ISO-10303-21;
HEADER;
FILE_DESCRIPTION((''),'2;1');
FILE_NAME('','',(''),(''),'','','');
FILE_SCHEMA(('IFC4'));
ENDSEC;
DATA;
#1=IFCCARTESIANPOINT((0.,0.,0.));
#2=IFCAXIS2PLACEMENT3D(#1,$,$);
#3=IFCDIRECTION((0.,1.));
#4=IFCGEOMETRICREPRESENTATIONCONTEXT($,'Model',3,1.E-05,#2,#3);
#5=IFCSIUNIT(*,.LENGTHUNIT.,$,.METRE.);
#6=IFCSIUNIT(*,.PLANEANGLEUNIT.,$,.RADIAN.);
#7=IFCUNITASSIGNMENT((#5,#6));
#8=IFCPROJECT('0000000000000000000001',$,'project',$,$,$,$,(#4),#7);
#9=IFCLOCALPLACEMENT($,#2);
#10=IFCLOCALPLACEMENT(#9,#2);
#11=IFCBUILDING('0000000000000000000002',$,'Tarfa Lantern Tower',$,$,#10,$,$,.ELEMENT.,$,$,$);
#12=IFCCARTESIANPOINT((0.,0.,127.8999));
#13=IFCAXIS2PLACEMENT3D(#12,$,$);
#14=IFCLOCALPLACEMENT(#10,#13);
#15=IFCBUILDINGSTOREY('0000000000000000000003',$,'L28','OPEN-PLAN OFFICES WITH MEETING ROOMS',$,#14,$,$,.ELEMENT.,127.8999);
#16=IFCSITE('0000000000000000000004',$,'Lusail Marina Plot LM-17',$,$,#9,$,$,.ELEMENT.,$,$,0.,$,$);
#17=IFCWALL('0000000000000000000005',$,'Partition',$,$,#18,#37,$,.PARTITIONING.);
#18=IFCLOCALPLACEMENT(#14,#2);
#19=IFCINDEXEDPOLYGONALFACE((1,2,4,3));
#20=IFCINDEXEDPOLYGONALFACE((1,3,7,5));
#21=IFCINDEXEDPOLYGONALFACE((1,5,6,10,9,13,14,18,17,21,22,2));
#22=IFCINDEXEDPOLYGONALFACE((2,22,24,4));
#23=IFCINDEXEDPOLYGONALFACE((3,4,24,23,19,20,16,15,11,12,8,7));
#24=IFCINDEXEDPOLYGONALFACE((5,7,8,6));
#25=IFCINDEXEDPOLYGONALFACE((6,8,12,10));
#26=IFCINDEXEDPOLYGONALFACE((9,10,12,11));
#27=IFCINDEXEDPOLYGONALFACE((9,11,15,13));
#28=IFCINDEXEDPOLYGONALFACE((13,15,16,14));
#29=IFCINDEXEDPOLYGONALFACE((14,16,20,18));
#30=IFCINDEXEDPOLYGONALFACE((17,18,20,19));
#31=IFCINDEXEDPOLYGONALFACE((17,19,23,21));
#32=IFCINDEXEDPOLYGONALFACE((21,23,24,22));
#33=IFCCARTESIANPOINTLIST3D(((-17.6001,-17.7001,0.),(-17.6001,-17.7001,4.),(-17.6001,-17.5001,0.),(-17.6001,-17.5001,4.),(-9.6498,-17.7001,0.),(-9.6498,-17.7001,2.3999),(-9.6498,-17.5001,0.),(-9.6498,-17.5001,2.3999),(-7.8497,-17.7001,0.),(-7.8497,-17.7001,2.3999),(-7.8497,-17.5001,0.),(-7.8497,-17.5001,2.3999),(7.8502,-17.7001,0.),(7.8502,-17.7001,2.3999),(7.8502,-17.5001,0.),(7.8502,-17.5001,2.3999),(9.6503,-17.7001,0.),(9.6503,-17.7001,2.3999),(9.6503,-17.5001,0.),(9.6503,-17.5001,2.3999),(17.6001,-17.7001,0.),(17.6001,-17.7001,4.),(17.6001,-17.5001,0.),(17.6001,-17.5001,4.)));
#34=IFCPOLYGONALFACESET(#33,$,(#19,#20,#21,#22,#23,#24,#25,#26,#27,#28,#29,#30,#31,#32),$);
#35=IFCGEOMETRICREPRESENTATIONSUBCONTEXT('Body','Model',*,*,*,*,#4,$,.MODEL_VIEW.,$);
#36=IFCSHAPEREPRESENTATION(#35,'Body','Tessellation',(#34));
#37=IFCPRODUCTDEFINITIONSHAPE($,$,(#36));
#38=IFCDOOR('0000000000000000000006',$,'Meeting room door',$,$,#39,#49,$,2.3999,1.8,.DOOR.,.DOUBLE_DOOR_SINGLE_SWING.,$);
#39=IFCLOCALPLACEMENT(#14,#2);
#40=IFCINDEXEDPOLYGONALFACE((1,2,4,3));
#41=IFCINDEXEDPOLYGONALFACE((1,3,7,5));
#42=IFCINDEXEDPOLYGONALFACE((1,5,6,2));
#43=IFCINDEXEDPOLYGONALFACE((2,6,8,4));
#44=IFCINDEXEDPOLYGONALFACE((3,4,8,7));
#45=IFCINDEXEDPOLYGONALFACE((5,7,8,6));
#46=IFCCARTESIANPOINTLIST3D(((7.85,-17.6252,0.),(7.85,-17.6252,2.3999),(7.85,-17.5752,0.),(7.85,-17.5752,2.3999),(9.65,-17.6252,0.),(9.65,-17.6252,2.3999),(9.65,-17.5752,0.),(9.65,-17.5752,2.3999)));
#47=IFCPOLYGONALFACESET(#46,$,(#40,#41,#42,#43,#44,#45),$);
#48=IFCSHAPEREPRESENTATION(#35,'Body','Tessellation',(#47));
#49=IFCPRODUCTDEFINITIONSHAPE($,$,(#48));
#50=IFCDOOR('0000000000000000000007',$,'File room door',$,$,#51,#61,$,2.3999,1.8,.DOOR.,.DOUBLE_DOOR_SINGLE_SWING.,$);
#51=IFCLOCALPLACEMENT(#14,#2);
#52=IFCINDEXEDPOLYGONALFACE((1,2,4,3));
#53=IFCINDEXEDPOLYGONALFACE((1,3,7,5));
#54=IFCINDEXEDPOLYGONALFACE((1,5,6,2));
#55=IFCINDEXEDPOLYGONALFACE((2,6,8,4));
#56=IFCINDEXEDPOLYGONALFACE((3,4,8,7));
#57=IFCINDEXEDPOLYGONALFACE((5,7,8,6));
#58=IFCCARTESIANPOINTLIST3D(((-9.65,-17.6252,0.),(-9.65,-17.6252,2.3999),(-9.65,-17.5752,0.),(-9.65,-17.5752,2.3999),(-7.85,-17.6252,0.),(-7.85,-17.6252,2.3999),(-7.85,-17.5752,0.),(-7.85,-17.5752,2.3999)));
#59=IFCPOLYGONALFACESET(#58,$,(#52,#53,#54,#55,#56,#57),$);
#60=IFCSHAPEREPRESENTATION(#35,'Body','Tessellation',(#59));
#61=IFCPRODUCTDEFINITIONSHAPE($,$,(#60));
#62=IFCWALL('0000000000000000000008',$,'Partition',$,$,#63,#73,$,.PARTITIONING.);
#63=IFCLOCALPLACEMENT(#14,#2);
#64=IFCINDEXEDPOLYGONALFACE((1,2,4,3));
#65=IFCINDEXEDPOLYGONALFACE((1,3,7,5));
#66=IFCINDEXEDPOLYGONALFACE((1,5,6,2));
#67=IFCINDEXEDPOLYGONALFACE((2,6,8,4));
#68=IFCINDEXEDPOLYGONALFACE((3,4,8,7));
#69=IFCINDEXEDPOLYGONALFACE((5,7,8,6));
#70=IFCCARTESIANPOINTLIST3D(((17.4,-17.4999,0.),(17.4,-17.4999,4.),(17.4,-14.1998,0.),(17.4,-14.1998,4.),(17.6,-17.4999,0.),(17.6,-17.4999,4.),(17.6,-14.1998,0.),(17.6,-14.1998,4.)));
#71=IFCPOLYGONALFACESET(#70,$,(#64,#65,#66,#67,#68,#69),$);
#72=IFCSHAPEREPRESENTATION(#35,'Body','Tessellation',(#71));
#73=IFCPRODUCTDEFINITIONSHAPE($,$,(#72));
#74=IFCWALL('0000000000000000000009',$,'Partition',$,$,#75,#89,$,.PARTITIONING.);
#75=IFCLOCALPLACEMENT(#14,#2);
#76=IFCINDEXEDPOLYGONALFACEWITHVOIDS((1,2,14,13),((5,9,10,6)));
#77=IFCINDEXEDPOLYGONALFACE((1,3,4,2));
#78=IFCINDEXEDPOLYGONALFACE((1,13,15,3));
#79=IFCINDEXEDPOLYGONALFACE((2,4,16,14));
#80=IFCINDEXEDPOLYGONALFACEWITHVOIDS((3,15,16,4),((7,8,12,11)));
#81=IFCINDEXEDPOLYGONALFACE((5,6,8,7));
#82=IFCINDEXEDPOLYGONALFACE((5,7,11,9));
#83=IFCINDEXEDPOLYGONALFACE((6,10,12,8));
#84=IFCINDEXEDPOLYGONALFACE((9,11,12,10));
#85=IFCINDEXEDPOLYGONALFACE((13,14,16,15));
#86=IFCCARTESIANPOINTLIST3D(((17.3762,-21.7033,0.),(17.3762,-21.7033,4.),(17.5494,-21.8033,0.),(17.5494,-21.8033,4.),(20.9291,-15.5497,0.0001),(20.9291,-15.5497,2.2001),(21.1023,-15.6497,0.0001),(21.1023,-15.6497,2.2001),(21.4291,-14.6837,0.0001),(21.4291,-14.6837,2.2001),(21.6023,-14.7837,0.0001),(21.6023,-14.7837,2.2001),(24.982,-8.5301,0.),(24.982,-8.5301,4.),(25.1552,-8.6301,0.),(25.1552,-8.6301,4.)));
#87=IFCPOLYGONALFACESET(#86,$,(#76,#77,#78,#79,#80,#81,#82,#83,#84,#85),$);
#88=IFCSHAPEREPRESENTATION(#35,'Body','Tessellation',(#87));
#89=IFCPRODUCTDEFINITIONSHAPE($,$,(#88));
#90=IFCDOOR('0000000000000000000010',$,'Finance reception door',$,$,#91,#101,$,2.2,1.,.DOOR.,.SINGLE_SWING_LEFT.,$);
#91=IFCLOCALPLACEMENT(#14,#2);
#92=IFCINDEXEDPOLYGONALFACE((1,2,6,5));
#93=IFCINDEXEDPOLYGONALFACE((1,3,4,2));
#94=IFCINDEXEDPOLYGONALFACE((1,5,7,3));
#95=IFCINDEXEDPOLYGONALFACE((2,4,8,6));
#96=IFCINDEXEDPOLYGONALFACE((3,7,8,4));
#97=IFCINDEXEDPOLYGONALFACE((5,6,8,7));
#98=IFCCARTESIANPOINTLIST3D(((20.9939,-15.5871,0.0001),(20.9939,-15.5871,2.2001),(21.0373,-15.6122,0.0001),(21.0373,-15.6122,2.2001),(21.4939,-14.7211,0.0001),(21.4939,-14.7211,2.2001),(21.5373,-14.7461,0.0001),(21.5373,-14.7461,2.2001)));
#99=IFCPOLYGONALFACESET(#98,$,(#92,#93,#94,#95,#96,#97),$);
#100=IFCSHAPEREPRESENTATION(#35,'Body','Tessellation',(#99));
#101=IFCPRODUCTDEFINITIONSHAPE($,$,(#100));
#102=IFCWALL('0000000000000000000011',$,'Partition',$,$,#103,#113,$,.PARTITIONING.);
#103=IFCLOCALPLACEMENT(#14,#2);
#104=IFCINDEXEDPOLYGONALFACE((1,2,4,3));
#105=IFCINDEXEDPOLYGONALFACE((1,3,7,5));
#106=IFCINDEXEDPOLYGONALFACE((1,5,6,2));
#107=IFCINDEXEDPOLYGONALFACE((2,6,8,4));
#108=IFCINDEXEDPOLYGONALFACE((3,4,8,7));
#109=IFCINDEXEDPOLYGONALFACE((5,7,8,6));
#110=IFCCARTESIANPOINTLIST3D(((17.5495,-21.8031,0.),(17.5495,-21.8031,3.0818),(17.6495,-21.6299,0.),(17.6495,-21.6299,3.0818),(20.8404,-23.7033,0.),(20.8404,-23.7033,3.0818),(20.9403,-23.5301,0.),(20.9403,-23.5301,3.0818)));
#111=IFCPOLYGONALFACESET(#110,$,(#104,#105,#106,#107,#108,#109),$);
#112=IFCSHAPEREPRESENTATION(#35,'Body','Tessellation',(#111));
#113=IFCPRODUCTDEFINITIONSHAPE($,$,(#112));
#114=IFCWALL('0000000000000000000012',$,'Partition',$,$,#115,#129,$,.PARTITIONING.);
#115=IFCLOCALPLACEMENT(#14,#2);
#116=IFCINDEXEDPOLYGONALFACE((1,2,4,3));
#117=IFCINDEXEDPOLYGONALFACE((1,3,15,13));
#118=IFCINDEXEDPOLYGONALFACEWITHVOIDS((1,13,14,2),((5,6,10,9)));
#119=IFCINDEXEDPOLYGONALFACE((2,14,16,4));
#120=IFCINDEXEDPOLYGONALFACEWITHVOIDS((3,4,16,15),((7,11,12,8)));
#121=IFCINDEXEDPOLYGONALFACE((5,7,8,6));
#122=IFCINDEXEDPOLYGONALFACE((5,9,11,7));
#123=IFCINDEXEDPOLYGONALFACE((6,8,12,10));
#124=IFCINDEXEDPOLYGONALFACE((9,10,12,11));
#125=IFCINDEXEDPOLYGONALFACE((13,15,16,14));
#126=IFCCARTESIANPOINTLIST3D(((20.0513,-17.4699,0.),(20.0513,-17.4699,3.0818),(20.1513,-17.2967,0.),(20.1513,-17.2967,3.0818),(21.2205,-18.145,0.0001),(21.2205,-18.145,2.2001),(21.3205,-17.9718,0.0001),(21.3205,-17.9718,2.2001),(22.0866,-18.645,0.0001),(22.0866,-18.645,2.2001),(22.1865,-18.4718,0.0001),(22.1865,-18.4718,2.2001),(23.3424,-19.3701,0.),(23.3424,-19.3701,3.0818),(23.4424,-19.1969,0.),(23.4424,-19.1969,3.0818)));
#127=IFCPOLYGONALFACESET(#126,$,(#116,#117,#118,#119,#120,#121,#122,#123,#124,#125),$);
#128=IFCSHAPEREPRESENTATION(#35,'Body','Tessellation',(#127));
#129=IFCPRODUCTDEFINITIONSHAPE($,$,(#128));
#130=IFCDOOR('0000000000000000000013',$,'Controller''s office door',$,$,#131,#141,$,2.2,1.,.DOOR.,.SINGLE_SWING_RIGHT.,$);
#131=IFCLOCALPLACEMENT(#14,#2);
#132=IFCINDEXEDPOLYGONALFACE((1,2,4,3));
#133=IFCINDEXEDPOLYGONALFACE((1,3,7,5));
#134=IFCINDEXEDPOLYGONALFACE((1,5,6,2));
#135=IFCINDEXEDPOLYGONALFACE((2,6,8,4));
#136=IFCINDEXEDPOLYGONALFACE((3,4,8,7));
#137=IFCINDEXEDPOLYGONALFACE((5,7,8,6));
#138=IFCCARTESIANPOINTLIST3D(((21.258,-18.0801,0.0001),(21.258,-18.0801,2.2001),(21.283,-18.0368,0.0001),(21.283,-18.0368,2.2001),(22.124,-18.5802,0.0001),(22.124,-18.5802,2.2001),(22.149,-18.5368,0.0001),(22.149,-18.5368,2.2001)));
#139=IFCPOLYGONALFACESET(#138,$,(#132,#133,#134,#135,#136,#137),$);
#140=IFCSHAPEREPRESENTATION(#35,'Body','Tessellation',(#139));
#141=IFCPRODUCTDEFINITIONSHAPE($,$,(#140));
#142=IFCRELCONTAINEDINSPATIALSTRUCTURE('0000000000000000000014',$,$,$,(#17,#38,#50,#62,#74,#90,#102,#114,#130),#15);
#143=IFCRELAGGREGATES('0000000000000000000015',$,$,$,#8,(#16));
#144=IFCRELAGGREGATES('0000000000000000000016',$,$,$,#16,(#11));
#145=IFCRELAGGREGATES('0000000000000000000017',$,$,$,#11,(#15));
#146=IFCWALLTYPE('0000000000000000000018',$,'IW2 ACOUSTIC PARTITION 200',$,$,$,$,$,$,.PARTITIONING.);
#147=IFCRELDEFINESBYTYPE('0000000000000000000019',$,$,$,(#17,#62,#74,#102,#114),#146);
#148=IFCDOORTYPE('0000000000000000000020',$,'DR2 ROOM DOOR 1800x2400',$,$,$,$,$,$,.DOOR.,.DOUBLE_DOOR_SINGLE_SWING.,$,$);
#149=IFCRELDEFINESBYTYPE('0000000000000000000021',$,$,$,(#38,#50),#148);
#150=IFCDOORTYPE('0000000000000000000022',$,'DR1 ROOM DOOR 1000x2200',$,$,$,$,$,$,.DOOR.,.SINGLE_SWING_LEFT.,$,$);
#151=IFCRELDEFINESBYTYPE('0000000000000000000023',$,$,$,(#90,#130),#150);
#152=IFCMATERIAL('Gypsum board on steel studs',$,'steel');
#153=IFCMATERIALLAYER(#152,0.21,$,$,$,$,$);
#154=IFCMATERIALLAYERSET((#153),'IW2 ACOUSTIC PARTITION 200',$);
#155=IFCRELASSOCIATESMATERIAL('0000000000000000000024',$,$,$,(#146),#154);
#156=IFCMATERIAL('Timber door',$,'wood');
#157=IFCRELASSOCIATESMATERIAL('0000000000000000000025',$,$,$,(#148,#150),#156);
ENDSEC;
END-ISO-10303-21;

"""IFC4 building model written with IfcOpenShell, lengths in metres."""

from ifc_helpers import new_model, si_unit, direction, frame, frame_2d, origin, place, context, subcontext, project, spatial, rectangle, extrude, material, layer, layer_set, type_object, element, fill, save


model = new_model("IFC4")

# Units and contexts
model_context = context("Model", 3, precision=1e-05, world=origin(), true_north=direction((0.0, 1.0)))
body_context = subcontext(model_context, "Body", "Model", "MODEL_VIEW")
ifc_project = project(units=[si_unit("LENGTHUNIT", "METRE"), si_unit("PLANEANGLEUNIT", "RADIAN")], contexts=[model_context])

# Site, building, storey
site_placement = place(None, origin())
site = spatial("IfcSite", under=ifc_project, at=site_placement, Name="Lusail Marina Plot LM-17", CompositionType="ELEMENT", RefElevation=0.0)
building_placement = place(site_placement, origin())
building = spatial("IfcBuilding", under=site, at=building_placement, Name="Tarfa Lantern Tower", CompositionType="ELEMENT")
storey_placement = place(building_placement, frame((0.0, 0.0, 127.8999)))
storey = spatial("IfcBuildingStorey", under=building, at=storey_placement, Name="L28", Description="OPEN-PLAN OFFICES WITH MEETING ROOMS", CompositionType="ELEMENT", Elevation=127.8999)

# Wall, openings, doors
ifc_material_1 = material(Name="Gypsum board on steel studs", Category="steel")
ifc_layer_1 = layer(ifc_material_1, 0.21)
ifc_layer_set_1 = layer_set([ifc_layer_1], Name="IW2 ACOUSTIC PARTITION 200")
wall_type = type_object("IfcWallType", Name="IW2 ACOUSTIC PARTITION 200", PredefinedType="PARTITIONING", material=ifc_layer_set_1)
wall_1_placement = place(storey_placement, frame((17.6001, -17.6001, 0.0), z_axis=(0.0, 0.0, 1.0), x_axis=(-1.0, 0.0, 0.0)))
wall_1 = element("IfcWall", 1, at=wall_1_placement, inside=storey, type_object=wall_type, Name="Partition", PredefinedType="PARTITIONING", context=body_context, shape_type="SweptSolid", body=[
    extrude(rectangle(XDim=35.2002, YDim=0.2, at=frame_2d((17.6001, 0.0))), origin(), (0.0, 0.0, 1.0), 4.0),
])
opening_1_placement = place(wall_1_placement, frame((7.95, 0.0, 0.0)))
opening_1 = element("IfcOpeningElement", 2, at=opening_1_placement, cuts=wall_1, PredefinedType="OPENING", context=body_context, shape_type="SweptSolid", body=[
    extrude(rectangle(XDim=1.8, YDim=2.3999, at=frame_2d((0.8999, 1.2))), frame((0.0, 0.1099, 0.0), z_axis=(0.0, -1.0, 0.0), x_axis=(1.0, 0.0, 0.0)), (0.0, 0.0, 1.0), 0.22),
])
opening_2_placement = place(wall_1_placement, frame((25.45, 0.0, 0.0)))
opening_2 = element("IfcOpeningElement", 3, at=opening_2_placement, cuts=wall_1, PredefinedType="OPENING", context=body_context, shape_type="SweptSolid", body=[
    extrude(rectangle(XDim=1.8, YDim=2.3999, at=frame_2d((0.8999, 1.2))), frame((0.0, 0.1099, 0.0), z_axis=(0.0, -1.0, 0.0), x_axis=(1.0, 0.0, 0.0)), (0.0, 0.0, 1.0), 0.22),
])
ifc_material_2 = material(Name="Timber door", Category="wood")
door_type_1 = type_object("IfcDoorType", Name="DR2 ROOM DOOR 1800x2400", OperationType="DOUBLE_DOOR_SINGLE_SWING", PredefinedType="DOOR", material=ifc_material_2)
door_1_placement = place(opening_1_placement, frame((1.8, 0.0, 0.0), z_axis=(0.0, 0.0, 1.0), x_axis=(-1.0, 0.0, 0.0)))
door_1 = element("IfcDoor", 4, at=door_1_placement, inside=storey, type_object=door_type_1, Name="Meeting room door", OperationType="DOUBLE_DOOR_SINGLE_SWING", OverallHeight=2.3999, OverallWidth=1.8, PredefinedType="DOOR", context=body_context, shape_type="SweptSolid", body=[
    extrude(rectangle(XDim=1.8, YDim=2.3999, at=frame_2d((0.8999, 1.2))), frame((0.0, 0.0249, 0.0), z_axis=(0.0, -1.0, 0.0), x_axis=(1.0, 0.0, 0.0)), (0.0, 0.0, 1.0), 0.05),
])
fill(opening_1, door_1)
door_2_placement = place(opening_2_placement, frame((1.8, 0.0, 0.0), z_axis=(0.0, 0.0, 1.0), x_axis=(-1.0, 0.0, 0.0)))
door_2 = element("IfcDoor", 5, at=door_2_placement, inside=storey, type_object=door_type_1, Name="File room door", OperationType="DOUBLE_DOOR_SINGLE_SWING", OverallHeight=2.3999, OverallWidth=1.8, PredefinedType="DOOR", context=body_context, shape_type="SweptSolid", body=[
    extrude(rectangle(XDim=1.8, YDim=2.3999, at=frame_2d((0.8999, 1.2))), frame((0.0, 0.0249, 0.0), z_axis=(0.0, -1.0, 0.0), x_axis=(1.0, 0.0, 0.0)), (0.0, 0.0, 1.0), 0.05),
])
fill(opening_2, door_2)

# Wall
wall_2_placement = place(storey_placement, frame((17.5, -14.2, 0.0), z_axis=(0.0, 0.0, 1.0), x_axis=(0.0, -1.0, 0.0)))
element("IfcWall", 6, at=wall_2_placement, inside=storey, type_object=wall_type, Name="Partition", PredefinedType="PARTITIONING", context=body_context, shape_type="SweptSolid", body=[
    extrude(rectangle(XDim=3.3, YDim=0.2, at=frame_2d((1.6499, 0.0))), origin(), (0.0, 0.0, 1.0), 4.0),
])

# Wall, opening, door
wall_3_placement = place(storey_placement, frame((17.4629, -21.7532, 0.0), z_axis=(0.0, 0.0, 1.0), x_axis=(0.500011, 0.866019, 0.0)))
wall_3 = element("IfcWall", 7, at=wall_3_placement, inside=storey, type_object=wall_type, Name="Partition", PredefinedType="PARTITIONING", context=body_context, shape_type="SweptSolid", body=[
    extrude(rectangle(XDim=15.2112, YDim=0.2, at=frame_2d((7.6055, 0.0))), origin(), (0.0, 0.0, 1.0), 4.0),
])
opening_3_placement = place(wall_3_placement, frame((7.1055, 0.0, 0.0)))
opening_3 = element("IfcOpeningElement", 8, at=opening_3_placement, cuts=wall_3, PredefinedType="OPENING", context=body_context, shape_type="SweptSolid", body=[
    extrude(rectangle(XDim=1.0, YDim=2.2, at=frame_2d((0.5, 1.1001))), frame((0.0, 0.1099, 0.0), z_axis=(0.0, -1.0, 0.0), x_axis=(1.0, 0.0, 0.0)), (0.0, 0.0, 1.0), 0.22),
])
door_type_2 = type_object("IfcDoorType", Name="DR1 ROOM DOOR 1000x2200", OperationType="SINGLE_SWING_LEFT", PredefinedType="DOOR", material=ifc_material_2)
door_3_placement = place(opening_3_placement, frame((1.0, 0.0, 0.0), z_axis=(0.0, 0.0, 1.0), x_axis=(-1.0, 0.0, 0.0)))
door_3 = element("IfcDoor", 9, at=door_3_placement, inside=storey, type_object=door_type_2, Name="Finance reception door", OperationType="SINGLE_SWING_LEFT", OverallHeight=2.2, OverallWidth=1.0, PredefinedType="DOOR", context=body_context, shape_type="SweptSolid", body=[
    extrude(rectangle(XDim=1.0, YDim=2.2, at=frame_2d((0.5, 1.1001))), frame((0.0, 0.0249, 0.0), z_axis=(0.0, -1.0, 0.0), x_axis=(1.0, 0.0, 0.0)), (0.0, 0.0, 1.0), 0.05),
])
fill(opening_3, door_3)

# Wall
wall_4_placement = place(storey_placement, frame((17.5996, -21.7166, 0.0), z_axis=(0.0, 0.0, 1.0), x_axis=(0.866, -0.500043, 0.0)))
element("IfcWall", 10, at=wall_4_placement, inside=storey, type_object=wall_type, Name="Partition", PredefinedType="PARTITIONING", context=body_context, shape_type="SweptSolid", body=[
    extrude(rectangle(XDim=3.8, YDim=0.2, at=frame_2d((1.8999, 0.0))), origin(), (0.0, 0.0, 1.0), 3.0818),
])

# Wall, opening, door
wall_5_placement = place(storey_placement, frame((20.1013, -17.3833, 0.0), z_axis=(0.0, 0.0, 1.0), x_axis=(0.866017, -0.500015, 0.0)))
wall_5 = element("IfcWall", 11, at=wall_5_placement, inside=storey, type_object=wall_type, Name="Partition", PredefinedType="PARTITIONING", context=body_context, shape_type="SweptSolid", body=[
    extrude(rectangle(XDim=3.8003, YDim=0.2, at=frame_2d((1.9001, 0.0))), origin(), (0.0, 0.0, 1.0), 3.0818),
])
opening_4_placement = place(wall_5_placement, frame((1.3501, 0.0, 0.0)))
opening_4 = element("IfcOpeningElement", 12, at=opening_4_placement, cuts=wall_5, PredefinedType="OPENING", context=body_context, shape_type="SweptSolid", body=[
    extrude(rectangle(XDim=1.0, YDim=2.2, at=frame_2d((0.5, 1.1001))), frame((0.0, 0.1099, 0.0), z_axis=(0.0, -1.0, 0.0), x_axis=(1.0, 0.0, 0.0)), (0.0, 0.0, 1.0), 0.22),
])
door_4_placement = place(opening_4_placement, origin())
door_4 = element("IfcDoor", 13, at=door_4_placement, inside=storey, type_object=door_type_2, Name="Controller's office door", OperationType="SINGLE_SWING_RIGHT", OverallHeight=2.2, OverallWidth=1.0, PredefinedType="DOOR", context=body_context, shape_type="SweptSolid", body=[
    extrude(rectangle(XDim=1.0, YDim=2.2, at=frame_2d((0.5, 1.1001))), frame((0.0, 0.0249, 0.0), z_axis=(0.0, -1.0, 0.0), x_axis=(1.0, 0.0, 0.0)), (0.0, 0.0, 1.0), 0.05),
])
fill(opening_4, door_4)

save(model, "model.ifc")
